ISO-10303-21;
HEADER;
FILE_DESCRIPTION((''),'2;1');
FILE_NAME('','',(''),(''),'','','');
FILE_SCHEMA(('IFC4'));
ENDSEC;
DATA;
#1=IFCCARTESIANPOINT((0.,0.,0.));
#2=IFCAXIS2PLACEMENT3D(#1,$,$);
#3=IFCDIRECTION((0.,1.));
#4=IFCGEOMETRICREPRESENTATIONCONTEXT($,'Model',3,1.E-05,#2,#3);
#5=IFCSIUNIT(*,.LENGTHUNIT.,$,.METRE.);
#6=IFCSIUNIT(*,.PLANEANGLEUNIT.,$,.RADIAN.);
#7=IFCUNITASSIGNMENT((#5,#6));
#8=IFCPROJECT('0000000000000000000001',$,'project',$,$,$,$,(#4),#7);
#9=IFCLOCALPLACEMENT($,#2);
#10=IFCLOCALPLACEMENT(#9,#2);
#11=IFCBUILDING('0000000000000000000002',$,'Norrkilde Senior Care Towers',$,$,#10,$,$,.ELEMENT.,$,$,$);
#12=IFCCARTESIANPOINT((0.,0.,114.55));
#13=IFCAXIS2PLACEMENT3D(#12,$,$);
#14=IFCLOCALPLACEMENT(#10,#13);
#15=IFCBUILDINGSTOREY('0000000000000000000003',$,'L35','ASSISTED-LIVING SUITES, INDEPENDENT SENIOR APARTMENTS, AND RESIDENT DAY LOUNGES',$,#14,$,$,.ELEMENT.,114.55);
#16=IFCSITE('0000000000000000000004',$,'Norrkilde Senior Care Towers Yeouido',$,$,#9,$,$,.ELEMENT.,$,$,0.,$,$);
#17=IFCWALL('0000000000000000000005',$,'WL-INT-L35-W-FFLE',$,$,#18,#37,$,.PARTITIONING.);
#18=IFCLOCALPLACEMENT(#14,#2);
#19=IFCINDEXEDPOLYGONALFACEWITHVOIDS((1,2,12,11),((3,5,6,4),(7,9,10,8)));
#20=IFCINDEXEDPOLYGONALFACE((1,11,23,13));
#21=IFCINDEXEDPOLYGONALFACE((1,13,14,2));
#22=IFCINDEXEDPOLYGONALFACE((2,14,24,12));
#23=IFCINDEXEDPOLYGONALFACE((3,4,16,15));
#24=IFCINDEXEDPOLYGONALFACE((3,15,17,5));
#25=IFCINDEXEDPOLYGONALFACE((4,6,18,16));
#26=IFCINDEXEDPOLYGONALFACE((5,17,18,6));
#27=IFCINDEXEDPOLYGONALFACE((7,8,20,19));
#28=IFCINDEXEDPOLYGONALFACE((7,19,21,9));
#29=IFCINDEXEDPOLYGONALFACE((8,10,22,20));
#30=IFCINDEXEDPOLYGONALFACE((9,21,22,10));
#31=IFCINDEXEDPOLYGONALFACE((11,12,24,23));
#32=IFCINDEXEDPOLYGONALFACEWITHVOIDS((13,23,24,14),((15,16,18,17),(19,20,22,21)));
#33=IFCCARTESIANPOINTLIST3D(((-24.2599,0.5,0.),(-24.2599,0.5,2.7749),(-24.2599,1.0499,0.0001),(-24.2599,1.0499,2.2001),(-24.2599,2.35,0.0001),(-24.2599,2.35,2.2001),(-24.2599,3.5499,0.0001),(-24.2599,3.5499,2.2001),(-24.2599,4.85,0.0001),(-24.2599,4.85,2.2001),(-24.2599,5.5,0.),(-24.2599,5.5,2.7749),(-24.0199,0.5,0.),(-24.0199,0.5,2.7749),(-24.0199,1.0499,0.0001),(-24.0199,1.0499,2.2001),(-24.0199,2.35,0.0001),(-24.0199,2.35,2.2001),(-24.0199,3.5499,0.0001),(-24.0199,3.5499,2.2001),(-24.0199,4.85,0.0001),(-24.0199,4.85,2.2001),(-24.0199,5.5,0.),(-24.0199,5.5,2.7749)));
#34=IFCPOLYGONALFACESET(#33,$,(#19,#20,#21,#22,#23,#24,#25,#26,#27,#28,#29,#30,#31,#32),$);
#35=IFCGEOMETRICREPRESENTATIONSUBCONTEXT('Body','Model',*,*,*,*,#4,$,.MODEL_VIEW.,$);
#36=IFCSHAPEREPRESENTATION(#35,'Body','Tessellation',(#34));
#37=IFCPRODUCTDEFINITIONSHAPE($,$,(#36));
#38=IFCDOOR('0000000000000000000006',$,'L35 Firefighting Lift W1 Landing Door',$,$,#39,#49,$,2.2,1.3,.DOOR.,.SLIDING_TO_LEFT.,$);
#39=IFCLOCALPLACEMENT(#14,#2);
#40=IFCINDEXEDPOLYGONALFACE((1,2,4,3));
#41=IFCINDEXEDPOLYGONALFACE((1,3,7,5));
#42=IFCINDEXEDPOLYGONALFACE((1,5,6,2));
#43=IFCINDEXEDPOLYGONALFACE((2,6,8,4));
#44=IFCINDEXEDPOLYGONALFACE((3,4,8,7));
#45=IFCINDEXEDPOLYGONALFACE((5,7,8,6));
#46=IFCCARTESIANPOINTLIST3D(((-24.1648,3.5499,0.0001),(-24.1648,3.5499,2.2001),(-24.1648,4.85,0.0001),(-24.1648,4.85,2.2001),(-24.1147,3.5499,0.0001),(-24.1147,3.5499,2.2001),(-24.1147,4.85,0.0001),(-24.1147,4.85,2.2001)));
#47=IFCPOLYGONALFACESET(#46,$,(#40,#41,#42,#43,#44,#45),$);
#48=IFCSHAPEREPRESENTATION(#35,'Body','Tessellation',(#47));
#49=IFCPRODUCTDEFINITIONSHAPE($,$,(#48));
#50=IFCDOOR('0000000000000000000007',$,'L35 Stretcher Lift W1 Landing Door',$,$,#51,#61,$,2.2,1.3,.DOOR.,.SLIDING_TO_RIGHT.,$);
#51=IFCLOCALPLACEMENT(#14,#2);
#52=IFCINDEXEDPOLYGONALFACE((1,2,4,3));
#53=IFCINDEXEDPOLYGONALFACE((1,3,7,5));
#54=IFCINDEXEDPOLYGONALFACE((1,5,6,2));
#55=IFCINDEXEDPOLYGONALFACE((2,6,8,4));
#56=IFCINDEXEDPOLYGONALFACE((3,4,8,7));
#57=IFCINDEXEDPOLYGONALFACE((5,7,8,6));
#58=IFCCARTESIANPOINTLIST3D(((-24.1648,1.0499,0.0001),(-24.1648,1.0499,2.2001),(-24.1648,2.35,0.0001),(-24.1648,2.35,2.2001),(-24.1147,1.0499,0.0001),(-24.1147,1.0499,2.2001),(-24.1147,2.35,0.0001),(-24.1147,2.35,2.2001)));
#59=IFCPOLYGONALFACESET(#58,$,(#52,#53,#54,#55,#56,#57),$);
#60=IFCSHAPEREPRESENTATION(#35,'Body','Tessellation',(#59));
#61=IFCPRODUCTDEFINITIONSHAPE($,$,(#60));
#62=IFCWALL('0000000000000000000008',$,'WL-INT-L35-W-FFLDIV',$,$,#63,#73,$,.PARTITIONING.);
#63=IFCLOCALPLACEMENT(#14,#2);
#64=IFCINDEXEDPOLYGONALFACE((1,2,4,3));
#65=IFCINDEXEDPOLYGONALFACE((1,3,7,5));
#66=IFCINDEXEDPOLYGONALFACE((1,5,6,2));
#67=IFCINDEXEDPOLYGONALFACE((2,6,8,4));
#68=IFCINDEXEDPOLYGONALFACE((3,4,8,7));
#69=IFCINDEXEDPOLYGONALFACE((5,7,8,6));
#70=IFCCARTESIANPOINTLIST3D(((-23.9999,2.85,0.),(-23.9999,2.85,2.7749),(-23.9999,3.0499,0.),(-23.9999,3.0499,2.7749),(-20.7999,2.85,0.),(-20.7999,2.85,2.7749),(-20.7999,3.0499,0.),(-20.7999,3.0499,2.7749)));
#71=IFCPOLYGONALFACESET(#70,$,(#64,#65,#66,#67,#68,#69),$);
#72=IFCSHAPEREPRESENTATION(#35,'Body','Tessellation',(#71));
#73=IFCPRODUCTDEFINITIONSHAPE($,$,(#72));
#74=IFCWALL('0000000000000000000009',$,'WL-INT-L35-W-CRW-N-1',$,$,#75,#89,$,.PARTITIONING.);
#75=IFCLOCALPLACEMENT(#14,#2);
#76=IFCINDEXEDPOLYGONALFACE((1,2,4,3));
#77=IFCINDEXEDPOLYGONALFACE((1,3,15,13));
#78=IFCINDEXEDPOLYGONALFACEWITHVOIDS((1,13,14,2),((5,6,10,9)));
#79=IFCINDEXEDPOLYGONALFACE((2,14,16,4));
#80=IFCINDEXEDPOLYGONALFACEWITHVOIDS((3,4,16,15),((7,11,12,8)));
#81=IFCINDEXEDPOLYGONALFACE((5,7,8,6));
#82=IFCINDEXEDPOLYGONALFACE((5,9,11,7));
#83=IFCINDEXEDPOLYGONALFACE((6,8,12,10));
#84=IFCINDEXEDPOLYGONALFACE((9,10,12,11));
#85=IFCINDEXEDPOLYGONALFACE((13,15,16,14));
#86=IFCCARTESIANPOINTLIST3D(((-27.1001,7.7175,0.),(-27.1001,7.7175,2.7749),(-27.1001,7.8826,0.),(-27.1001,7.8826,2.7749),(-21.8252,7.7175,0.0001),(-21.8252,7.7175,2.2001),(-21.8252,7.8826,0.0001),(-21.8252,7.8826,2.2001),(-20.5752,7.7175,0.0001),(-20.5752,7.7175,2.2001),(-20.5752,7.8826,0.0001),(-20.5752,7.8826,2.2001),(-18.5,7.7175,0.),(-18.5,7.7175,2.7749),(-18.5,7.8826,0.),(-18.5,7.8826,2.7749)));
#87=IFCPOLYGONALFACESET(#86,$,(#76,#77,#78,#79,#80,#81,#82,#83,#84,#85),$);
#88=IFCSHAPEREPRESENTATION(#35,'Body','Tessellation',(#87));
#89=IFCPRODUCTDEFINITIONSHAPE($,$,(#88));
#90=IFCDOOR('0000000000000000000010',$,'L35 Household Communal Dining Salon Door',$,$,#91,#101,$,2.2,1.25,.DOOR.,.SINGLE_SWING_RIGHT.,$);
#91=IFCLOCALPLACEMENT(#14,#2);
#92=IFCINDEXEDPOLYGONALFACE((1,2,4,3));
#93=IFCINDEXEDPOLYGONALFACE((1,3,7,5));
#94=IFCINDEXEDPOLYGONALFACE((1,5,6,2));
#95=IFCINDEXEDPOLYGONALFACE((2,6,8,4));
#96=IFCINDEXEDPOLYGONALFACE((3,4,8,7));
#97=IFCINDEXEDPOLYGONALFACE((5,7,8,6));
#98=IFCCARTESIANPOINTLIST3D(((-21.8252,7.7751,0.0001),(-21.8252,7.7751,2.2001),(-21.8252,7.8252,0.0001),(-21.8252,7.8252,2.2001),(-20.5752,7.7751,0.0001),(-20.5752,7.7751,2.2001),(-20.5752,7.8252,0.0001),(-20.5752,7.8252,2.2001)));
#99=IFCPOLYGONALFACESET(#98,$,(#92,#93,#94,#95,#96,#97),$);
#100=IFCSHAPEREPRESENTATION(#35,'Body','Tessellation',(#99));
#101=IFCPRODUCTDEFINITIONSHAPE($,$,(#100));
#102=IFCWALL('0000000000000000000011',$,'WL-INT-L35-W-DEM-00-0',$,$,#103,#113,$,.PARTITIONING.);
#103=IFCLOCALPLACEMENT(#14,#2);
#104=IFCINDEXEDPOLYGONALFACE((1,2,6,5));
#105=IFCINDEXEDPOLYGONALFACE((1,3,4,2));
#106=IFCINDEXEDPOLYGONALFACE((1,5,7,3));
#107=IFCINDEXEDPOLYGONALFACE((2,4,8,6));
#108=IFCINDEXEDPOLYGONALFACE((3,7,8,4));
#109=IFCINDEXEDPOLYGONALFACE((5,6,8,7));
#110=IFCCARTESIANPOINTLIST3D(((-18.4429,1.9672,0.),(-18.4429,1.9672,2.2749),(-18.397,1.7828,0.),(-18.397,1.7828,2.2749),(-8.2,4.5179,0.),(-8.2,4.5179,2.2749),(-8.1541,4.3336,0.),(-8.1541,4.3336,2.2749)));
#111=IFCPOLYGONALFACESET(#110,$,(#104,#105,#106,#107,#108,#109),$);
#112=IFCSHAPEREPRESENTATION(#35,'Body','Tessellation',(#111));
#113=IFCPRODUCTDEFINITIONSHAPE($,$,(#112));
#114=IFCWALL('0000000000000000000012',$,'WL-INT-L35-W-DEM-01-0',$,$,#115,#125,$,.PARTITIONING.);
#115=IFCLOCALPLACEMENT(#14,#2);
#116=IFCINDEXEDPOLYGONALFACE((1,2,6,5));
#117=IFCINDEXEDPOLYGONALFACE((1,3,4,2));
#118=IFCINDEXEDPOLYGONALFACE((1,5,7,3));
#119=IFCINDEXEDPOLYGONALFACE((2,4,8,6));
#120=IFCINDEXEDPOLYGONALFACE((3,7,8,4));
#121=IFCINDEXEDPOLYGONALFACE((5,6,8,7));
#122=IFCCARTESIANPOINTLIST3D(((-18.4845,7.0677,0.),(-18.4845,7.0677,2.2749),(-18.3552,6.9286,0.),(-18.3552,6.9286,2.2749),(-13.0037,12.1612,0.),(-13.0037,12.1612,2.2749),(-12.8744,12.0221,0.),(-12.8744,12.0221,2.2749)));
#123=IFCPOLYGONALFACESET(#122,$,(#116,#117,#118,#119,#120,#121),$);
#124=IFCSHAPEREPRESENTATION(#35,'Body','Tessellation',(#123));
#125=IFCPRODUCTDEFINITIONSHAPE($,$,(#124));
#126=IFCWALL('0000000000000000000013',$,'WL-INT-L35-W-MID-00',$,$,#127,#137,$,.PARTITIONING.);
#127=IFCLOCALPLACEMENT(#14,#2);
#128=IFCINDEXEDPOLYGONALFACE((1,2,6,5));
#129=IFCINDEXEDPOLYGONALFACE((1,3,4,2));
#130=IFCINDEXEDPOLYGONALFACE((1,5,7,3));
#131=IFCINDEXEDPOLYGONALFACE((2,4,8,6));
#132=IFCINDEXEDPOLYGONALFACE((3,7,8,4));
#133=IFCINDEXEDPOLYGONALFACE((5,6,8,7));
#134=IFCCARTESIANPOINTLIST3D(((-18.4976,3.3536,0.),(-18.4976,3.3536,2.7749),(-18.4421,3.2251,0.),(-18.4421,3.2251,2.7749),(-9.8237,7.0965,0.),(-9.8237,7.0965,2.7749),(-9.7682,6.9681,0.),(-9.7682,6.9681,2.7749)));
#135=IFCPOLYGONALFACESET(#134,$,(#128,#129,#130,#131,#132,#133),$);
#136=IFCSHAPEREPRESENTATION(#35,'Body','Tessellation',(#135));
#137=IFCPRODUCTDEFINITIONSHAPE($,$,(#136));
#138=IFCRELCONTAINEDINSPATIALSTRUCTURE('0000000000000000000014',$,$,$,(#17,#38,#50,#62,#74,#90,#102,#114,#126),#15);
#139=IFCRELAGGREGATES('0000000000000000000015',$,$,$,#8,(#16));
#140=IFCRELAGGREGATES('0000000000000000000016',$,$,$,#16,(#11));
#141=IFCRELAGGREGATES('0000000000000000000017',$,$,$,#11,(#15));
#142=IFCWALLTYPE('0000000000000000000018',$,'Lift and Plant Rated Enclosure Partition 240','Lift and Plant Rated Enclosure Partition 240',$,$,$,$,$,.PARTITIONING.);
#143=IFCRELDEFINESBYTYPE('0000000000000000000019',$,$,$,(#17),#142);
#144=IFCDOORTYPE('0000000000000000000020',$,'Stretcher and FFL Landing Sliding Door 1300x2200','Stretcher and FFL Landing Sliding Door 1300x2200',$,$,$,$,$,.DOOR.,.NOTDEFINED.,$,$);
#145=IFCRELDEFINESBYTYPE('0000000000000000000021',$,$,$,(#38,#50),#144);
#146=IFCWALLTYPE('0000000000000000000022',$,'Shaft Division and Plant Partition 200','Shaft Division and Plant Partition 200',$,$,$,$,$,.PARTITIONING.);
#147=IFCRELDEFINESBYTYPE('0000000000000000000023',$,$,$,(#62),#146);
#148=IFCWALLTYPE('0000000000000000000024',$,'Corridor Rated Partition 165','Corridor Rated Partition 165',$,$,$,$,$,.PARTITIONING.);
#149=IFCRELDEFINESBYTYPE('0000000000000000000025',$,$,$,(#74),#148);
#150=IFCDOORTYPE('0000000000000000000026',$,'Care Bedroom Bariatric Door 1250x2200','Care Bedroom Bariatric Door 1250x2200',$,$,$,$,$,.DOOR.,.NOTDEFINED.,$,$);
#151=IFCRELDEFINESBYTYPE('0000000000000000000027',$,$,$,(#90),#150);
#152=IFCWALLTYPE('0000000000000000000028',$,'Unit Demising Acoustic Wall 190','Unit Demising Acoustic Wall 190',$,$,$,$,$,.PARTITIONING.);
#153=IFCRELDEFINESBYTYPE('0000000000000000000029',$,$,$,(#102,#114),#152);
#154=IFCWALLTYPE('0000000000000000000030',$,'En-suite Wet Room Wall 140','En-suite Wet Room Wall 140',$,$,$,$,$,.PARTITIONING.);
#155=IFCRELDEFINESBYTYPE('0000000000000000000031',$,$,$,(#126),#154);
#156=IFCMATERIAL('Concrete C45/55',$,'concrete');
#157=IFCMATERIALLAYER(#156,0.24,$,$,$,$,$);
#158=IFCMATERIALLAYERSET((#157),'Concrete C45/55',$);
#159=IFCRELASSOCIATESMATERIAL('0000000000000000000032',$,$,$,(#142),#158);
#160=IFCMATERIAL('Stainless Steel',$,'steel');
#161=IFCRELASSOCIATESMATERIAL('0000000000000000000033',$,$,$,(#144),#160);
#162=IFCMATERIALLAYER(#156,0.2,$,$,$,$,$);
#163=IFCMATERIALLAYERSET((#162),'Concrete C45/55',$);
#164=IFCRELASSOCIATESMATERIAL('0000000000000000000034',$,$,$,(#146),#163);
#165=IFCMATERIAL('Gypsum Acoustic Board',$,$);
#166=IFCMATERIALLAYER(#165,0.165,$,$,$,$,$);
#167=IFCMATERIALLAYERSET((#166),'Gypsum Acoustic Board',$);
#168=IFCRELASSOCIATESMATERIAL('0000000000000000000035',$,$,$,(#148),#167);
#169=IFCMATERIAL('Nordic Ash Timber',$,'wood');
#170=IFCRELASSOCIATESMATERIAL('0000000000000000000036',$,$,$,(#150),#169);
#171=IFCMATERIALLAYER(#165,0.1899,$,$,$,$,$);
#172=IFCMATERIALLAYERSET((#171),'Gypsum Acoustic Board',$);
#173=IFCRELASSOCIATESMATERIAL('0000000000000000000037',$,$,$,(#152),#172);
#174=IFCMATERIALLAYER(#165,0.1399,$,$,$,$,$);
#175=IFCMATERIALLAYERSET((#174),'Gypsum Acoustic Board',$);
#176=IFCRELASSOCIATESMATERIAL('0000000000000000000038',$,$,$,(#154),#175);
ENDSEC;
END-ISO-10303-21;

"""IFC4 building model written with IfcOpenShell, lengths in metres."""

from ifc_helpers import new_model, si_unit, direction, frame, frame_2d, origin, place, context, subcontext, project, spatial, rectangle, extrude, source, transform, mapped, material, layer, layer_set, type_object, type_shapes, element, fill, save


model = new_model("IFC4")

# Units and contexts
model_context = context("Model", 3, precision=1e-05, world=origin(), true_north=direction((0.0, 1.0)))
body_context = subcontext(model_context, "Body", "Model", "MODEL_VIEW")
ifc_project = project(units=[si_unit("LENGTHUNIT", "METRE"), si_unit("PLANEANGLEUNIT", "RADIAN")], contexts=[model_context])

# Site, building, storey
site_placement = place(None, origin())
site = spatial("IfcSite", under=ifc_project, at=site_placement, Name="Norrkilde Senior Care Towers Yeouido", CompositionType="ELEMENT", RefElevation=0.0)
building_placement = place(site_placement, origin())
building = spatial("IfcBuilding", under=site, at=building_placement, Name="Norrkilde Senior Care Towers", CompositionType="ELEMENT")
storey_placement = place(building_placement, frame((0.0, 0.0, 114.55)))
storey = spatial("IfcBuildingStorey", under=building, at=storey_placement, Name="L35", Description="ASSISTED-LIVING SUITES, INDEPENDENT SENIOR APARTMENTS, AND RESIDENT DAY LOUNGES", CompositionType="ELEMENT", Elevation=114.55)

# Wall, openings, doors
ifc_material_1 = material(Name="Concrete C45/55", Category="concrete")
ifc_layer_1 = layer(ifc_material_1, 0.24)
ifc_layer_set_1 = layer_set([ifc_layer_1], Name="Concrete C45/55")
wall_type_1 = type_object("IfcWallType", Name="Lift and Plant Rated Enclosure Partition 240", Description="Lift and Plant Rated Enclosure Partition 240", PredefinedType="PARTITIONING", material=ifc_layer_set_1)
shared_shape_1 = source(origin(), body_context, "Body", "SweptSolid", [
    extrude(rectangle(XDim=5.0, YDim=0.24, at=frame_2d((2.5, 0.0))), origin(), (0.0, 0.0, 1.0), 2.7749),
])
type_shapes(wall_type_1, [shared_shape_1])
wall_1_placement = place(storey_placement, frame((-24.1399, 0.5, 0.0), z_axis=(0.0, 0.0, 1.0), x_axis=(0.0, 1.0, 0.0)))
wall_1 = element("IfcWall", 1, at=wall_1_placement, inside=storey, type_object=wall_type_1, Name="WL-INT-L35-W-FFLE", PredefinedType="PARTITIONING", context=body_context, shape_type="MappedRepresentation", body=[
    mapped(shared_shape_1, transform((0.0, 0.0, 0.0), x_axis=(1.0, 0.0, 0.0), y_axis=(0.0, 1.0, 0.0), z_axis=(0.0, 0.0, 1.0), scale=1.0)),
])
opening_1_placement = place(wall_1_placement, frame((3.05, 0.0, 0.0)))
opening_1 = element("IfcOpeningElement", 2, at=opening_1_placement, cuts=wall_1, PredefinedType="OPENING", context=body_context, shape_type="SweptSolid", body=[
    extrude(rectangle(XDim=1.3, YDim=2.2, at=frame_2d((0.6499, 1.1001))), frame((0.0, 0.1299, 0.0), z_axis=(0.0, -1.0, 0.0), x_axis=(1.0, 0.0, 0.0)), (0.0, 0.0, 1.0), 0.26),
])
opening_2_placement = place(wall_1_placement, frame((0.55, 0.0, 0.0)))
opening_2 = element("IfcOpeningElement", 3, at=opening_2_placement, cuts=wall_1, PredefinedType="OPENING", context=body_context, shape_type="SweptSolid", body=[
    extrude(rectangle(XDim=1.3, YDim=2.2, at=frame_2d((0.6499, 1.1001))), frame((0.0, 0.1299, 0.0), z_axis=(0.0, -1.0, 0.0), x_axis=(1.0, 0.0, 0.0)), (0.0, 0.0, 1.0), 0.26),
])
ifc_material_2 = material(Name="Stainless Steel", Category="steel")
door_type_1 = type_object("IfcDoorType", Name="Stretcher and FFL Landing Sliding Door 1300x2200", Description="Stretcher and FFL Landing Sliding Door 1300x2200", OperationType="NOTDEFINED", PredefinedType="DOOR", material=ifc_material_2)
shared_shape_2 = source(origin(), body_context, "Body", "SweptSolid", [
    extrude(rectangle(XDim=1.3, YDim=2.2, at=frame_2d((0.6499, 1.1001))), frame((0.0, 0.0249, 0.0), z_axis=(0.0, -1.0, 0.0), x_axis=(1.0, 0.0, 0.0)), (0.0, 0.0, 1.0), 0.05),
])
type_shapes(door_type_1, [shared_shape_2])
door_1_placement = place(opening_1_placement, origin())
door_1 = element("IfcDoor", 4, at=door_1_placement, inside=storey, type_object=door_type_1, Name="L35 Firefighting Lift W1 Landing Door", OperationType="SLIDING_TO_LEFT", OverallHeight=2.2, OverallWidth=1.3, PredefinedType="DOOR", context=body_context, shape_type="MappedRepresentation", body=[
    mapped(shared_shape_2, transform((0.0, 0.0, 0.0), x_axis=(1.0, 0.0, 0.0), y_axis=(0.0, 1.0, 0.0), z_axis=(0.0, 0.0, 1.0), scale=1.0)),
])
fill(opening_1, door_1)
door_2_placement = place(opening_2_placement, origin())
door_2 = element("IfcDoor", 5, at=door_2_placement, inside=storey, type_object=door_type_1, Name="L35 Stretcher Lift W1 Landing Door", OperationType="SLIDING_TO_RIGHT", OverallHeight=2.2, OverallWidth=1.3, PredefinedType="DOOR", context=body_context, shape_type="MappedRepresentation", body=[
    mapped(shared_shape_2, transform((0.0, 0.0, 0.0), x_axis=(1.0, 0.0, 0.0), y_axis=(0.0, 1.0, 0.0), z_axis=(0.0, 0.0, 1.0), scale=1.0)),
])
fill(opening_2, door_2)

# Wall
ifc_layer_2 = layer(ifc_material_1, 0.2)
ifc_layer_set_2 = layer_set([ifc_layer_2], Name="Concrete C45/55")
wall_type_2 = type_object("IfcWallType", Name="Shaft Division and Plant Partition 200", Description="Shaft Division and Plant Partition 200", PredefinedType="PARTITIONING", material=ifc_layer_set_2)
shared_shape_3 = source(origin(), body_context, "Body", "SweptSolid", [
    extrude(rectangle(XDim=3.2, YDim=0.2, at=frame_2d((1.6001, 0.0))), origin(), (0.0, 0.0, 1.0), 2.7749),
])
type_shapes(wall_type_2, [shared_shape_3])
wall_2_placement = place(storey_placement, frame((-24.0, 2.95, 0.0), z_axis=(0.0, 0.0, 1.0), x_axis=(1.0, 0.0, 0.0)))
element("IfcWall", 6, at=wall_2_placement, inside=storey, type_object=wall_type_2, Name="WL-INT-L35-W-FFLDIV", PredefinedType="PARTITIONING", context=body_context, shape_type="MappedRepresentation", body=[
    mapped(shared_shape_3, transform((0.0, 0.0, 0.0), x_axis=(1.0, 0.0, 0.0), y_axis=(0.0, 1.0, 0.0), z_axis=(0.0, 0.0, 1.0), scale=1.0)),
])

# Wall, opening, door
ifc_material_3 = material(Name="Gypsum Acoustic Board")
ifc_layer_3 = layer(ifc_material_3, 0.165)
ifc_layer_set_3 = layer_set([ifc_layer_3], Name="Gypsum Acoustic Board")
wall_type_3 = type_object("IfcWallType", Name="Corridor Rated Partition 165", Description="Corridor Rated Partition 165", PredefinedType="PARTITIONING", material=ifc_layer_set_3)
shared_shape_4 = source(origin(), body_context, "Body", "SweptSolid", [
    extrude(rectangle(XDim=8.6001, YDim=0.165, at=frame_2d((4.3, 0.0))), origin(), (0.0, 0.0, 1.0), 2.7749),
])
type_shapes(wall_type_3, [shared_shape_4])
wall_3_placement = place(storey_placement, frame((-27.1001, 7.8, 0.0), z_axis=(0.0, 0.0, 1.0), x_axis=(1.0, 0.0, 0.0)))
wall_3 = element("IfcWall", 7, at=wall_3_placement, inside=storey, type_object=wall_type_3, Name="WL-INT-L35-W-CRW-N-1", PredefinedType="PARTITIONING", context=body_context, shape_type="MappedRepresentation", body=[
    mapped(shared_shape_4, transform((0.0, 0.0, 0.0), x_axis=(1.0, 0.0, 0.0), y_axis=(0.0, 1.0, 0.0), z_axis=(0.0, 0.0, 1.0), scale=1.0)),
])
opening_3_placement = place(wall_3_placement, frame((5.2749, 0.0, 0.0)))
opening_3 = element("IfcOpeningElement", 8, at=opening_3_placement, cuts=wall_3, PredefinedType="OPENING", context=body_context, shape_type="SweptSolid", body=[
    extrude(rectangle(XDim=1.25, YDim=2.2, at=frame_2d((0.625, 1.1001))), frame((0.0, 0.0925, 0.0), z_axis=(0.0, -1.0, 0.0), x_axis=(1.0, 0.0, 0.0)), (0.0, 0.0, 1.0), 0.1851),
])
ifc_material_4 = material(Name="Nordic Ash Timber", Category="wood")
door_type_2 = type_object("IfcDoorType", Name="Care Bedroom Bariatric Door 1250x2200", Description="Care Bedroom Bariatric Door 1250x2200", OperationType="NOTDEFINED", PredefinedType="DOOR", material=ifc_material_4)
shared_shape_5 = source(origin(), body_context, "Body", "SweptSolid", [
    extrude(rectangle(XDim=1.25, YDim=2.2, at=frame_2d((0.625, 1.1001))), frame((0.0, 0.0249, 0.0), z_axis=(0.0, -1.0, 0.0), x_axis=(1.0, 0.0, 0.0)), (0.0, 0.0, 1.0), 0.05),
])
type_shapes(door_type_2, [shared_shape_5])
door_3_placement = place(opening_3_placement, frame((1.25, 0.0, 0.0), z_axis=(0.0, 0.0, 1.0), x_axis=(-1.0, 0.0, 0.0)))
door_3 = element("IfcDoor", 9, at=door_3_placement, inside=storey, type_object=door_type_2, Name="L35 Household Communal Dining Salon Door", OperationType="SINGLE_SWING_RIGHT", OverallHeight=2.2, OverallWidth=1.25, PredefinedType="DOOR", context=body_context, shape_type="MappedRepresentation", body=[
    mapped(shared_shape_5, transform((0.0, 0.0, 0.0), x_axis=(1.0, 0.0, 0.0), y_axis=(0.0, 1.0, 0.0), z_axis=(0.0, 0.0, 1.0), scale=1.0)),
])
fill(opening_3, door_3)

# Walls
ifc_layer_4 = layer(ifc_material_3, 0.1899)
ifc_layer_set_4 = layer_set([ifc_layer_4], Name="Gypsum Acoustic Board")
wall_type_4 = type_object("IfcWallType", Name="Unit Demising Acoustic Wall 190", Description="Unit Demising Acoustic Wall 190", PredefinedType="PARTITIONING", material=ifc_layer_set_4)
shared_shape_6 = source(origin(), body_context, "Body", "SweptSolid", [
    extrude(rectangle(XDim=10.5557, YDim=0.1899, at=frame_2d((5.2778, 0.0))), origin(), (0.0, 0.0, 1.0), 2.2749),
])
wall_4_placement = place(storey_placement, frame((-18.4199, 1.875, 0.0), z_axis=(0.0, 0.0, 1.0), x_axis=(0.970364, 0.241648, 0.0)))
element("IfcWall", 10, at=wall_4_placement, inside=storey, type_object=wall_type_4, Name="WL-INT-L35-W-DEM-00-0", PredefinedType="PARTITIONING", context=body_context, shape_type="MappedRepresentation", body=[
    mapped(shared_shape_6, transform((0.0, 0.0, 0.0), x_axis=(1.0, 0.0, 0.0), y_axis=(0.0, 1.0, 0.0), z_axis=(0.0, 0.0, 1.0), scale=1.0)),
])
shared_shape_7 = source(origin(), body_context, "Body", "SweptSolid", [
    extrude(rectangle(XDim=7.4822, YDim=0.1899, at=frame_2d((3.7412, 0.0))), origin(), (0.0, 0.0, 1.0), 2.2749),
])
type_shapes(wall_type_4, [shared_shape_6, shared_shape_7])
wall_5_placement = place(storey_placement, frame((-18.4199, 6.998, 0.0), z_axis=(0.0, 0.0, 1.0), x_axis=(0.732509, 0.680758, 0.0)))
element("IfcWall", 11, at=wall_5_placement, inside=storey, type_object=wall_type_4, Name="WL-INT-L35-W-DEM-01-0", PredefinedType="PARTITIONING", context=body_context, shape_type="MappedRepresentation", body=[
    mapped(shared_shape_7, transform((0.0, 0.0, 0.0), x_axis=(1.0, 0.0, 0.0), y_axis=(0.0, 1.0, 0.0), z_axis=(0.0, 0.0, 1.0), scale=1.0)),
])
ifc_layer_5 = layer(ifc_material_3, 0.1399)
ifc_layer_set_5 = layer_set([ifc_layer_5], Name="Gypsum Acoustic Board")
wall_type_5 = type_object("IfcWallType", Name="En-suite Wet Room Wall 140", Description="En-suite Wet Room Wall 140", PredefinedType="PARTITIONING", material=ifc_layer_set_5)
shared_shape_8 = source(origin(), body_context, "Body", "SweptSolid", [
    extrude(rectangle(XDim=9.447, YDim=0.1399, at=frame_2d((4.7236, 0.0))), origin(), (0.0, 0.0, 1.0), 2.7749),
])
type_shapes(wall_type_5, [shared_shape_8])
wall_6_placement = place(storey_placement, frame((-18.47, 3.2893, 0.0), z_axis=(0.0, 0.0, 1.0), x_axis=(0.918162, 0.396204, 0.0)))
element("IfcWall", 12, at=wall_6_placement, inside=storey, type_object=wall_type_5, Name="WL-INT-L35-W-MID-00", PredefinedType="PARTITIONING", context=body_context, shape_type="MappedRepresentation", body=[
    mapped(shared_shape_8, transform((0.0, 0.0, 0.0), x_axis=(1.0, 0.0, 0.0), y_axis=(0.0, 1.0, 0.0), z_axis=(0.0, 0.0, 1.0), scale=1.0)),
])

save(model, "model.ifc")
